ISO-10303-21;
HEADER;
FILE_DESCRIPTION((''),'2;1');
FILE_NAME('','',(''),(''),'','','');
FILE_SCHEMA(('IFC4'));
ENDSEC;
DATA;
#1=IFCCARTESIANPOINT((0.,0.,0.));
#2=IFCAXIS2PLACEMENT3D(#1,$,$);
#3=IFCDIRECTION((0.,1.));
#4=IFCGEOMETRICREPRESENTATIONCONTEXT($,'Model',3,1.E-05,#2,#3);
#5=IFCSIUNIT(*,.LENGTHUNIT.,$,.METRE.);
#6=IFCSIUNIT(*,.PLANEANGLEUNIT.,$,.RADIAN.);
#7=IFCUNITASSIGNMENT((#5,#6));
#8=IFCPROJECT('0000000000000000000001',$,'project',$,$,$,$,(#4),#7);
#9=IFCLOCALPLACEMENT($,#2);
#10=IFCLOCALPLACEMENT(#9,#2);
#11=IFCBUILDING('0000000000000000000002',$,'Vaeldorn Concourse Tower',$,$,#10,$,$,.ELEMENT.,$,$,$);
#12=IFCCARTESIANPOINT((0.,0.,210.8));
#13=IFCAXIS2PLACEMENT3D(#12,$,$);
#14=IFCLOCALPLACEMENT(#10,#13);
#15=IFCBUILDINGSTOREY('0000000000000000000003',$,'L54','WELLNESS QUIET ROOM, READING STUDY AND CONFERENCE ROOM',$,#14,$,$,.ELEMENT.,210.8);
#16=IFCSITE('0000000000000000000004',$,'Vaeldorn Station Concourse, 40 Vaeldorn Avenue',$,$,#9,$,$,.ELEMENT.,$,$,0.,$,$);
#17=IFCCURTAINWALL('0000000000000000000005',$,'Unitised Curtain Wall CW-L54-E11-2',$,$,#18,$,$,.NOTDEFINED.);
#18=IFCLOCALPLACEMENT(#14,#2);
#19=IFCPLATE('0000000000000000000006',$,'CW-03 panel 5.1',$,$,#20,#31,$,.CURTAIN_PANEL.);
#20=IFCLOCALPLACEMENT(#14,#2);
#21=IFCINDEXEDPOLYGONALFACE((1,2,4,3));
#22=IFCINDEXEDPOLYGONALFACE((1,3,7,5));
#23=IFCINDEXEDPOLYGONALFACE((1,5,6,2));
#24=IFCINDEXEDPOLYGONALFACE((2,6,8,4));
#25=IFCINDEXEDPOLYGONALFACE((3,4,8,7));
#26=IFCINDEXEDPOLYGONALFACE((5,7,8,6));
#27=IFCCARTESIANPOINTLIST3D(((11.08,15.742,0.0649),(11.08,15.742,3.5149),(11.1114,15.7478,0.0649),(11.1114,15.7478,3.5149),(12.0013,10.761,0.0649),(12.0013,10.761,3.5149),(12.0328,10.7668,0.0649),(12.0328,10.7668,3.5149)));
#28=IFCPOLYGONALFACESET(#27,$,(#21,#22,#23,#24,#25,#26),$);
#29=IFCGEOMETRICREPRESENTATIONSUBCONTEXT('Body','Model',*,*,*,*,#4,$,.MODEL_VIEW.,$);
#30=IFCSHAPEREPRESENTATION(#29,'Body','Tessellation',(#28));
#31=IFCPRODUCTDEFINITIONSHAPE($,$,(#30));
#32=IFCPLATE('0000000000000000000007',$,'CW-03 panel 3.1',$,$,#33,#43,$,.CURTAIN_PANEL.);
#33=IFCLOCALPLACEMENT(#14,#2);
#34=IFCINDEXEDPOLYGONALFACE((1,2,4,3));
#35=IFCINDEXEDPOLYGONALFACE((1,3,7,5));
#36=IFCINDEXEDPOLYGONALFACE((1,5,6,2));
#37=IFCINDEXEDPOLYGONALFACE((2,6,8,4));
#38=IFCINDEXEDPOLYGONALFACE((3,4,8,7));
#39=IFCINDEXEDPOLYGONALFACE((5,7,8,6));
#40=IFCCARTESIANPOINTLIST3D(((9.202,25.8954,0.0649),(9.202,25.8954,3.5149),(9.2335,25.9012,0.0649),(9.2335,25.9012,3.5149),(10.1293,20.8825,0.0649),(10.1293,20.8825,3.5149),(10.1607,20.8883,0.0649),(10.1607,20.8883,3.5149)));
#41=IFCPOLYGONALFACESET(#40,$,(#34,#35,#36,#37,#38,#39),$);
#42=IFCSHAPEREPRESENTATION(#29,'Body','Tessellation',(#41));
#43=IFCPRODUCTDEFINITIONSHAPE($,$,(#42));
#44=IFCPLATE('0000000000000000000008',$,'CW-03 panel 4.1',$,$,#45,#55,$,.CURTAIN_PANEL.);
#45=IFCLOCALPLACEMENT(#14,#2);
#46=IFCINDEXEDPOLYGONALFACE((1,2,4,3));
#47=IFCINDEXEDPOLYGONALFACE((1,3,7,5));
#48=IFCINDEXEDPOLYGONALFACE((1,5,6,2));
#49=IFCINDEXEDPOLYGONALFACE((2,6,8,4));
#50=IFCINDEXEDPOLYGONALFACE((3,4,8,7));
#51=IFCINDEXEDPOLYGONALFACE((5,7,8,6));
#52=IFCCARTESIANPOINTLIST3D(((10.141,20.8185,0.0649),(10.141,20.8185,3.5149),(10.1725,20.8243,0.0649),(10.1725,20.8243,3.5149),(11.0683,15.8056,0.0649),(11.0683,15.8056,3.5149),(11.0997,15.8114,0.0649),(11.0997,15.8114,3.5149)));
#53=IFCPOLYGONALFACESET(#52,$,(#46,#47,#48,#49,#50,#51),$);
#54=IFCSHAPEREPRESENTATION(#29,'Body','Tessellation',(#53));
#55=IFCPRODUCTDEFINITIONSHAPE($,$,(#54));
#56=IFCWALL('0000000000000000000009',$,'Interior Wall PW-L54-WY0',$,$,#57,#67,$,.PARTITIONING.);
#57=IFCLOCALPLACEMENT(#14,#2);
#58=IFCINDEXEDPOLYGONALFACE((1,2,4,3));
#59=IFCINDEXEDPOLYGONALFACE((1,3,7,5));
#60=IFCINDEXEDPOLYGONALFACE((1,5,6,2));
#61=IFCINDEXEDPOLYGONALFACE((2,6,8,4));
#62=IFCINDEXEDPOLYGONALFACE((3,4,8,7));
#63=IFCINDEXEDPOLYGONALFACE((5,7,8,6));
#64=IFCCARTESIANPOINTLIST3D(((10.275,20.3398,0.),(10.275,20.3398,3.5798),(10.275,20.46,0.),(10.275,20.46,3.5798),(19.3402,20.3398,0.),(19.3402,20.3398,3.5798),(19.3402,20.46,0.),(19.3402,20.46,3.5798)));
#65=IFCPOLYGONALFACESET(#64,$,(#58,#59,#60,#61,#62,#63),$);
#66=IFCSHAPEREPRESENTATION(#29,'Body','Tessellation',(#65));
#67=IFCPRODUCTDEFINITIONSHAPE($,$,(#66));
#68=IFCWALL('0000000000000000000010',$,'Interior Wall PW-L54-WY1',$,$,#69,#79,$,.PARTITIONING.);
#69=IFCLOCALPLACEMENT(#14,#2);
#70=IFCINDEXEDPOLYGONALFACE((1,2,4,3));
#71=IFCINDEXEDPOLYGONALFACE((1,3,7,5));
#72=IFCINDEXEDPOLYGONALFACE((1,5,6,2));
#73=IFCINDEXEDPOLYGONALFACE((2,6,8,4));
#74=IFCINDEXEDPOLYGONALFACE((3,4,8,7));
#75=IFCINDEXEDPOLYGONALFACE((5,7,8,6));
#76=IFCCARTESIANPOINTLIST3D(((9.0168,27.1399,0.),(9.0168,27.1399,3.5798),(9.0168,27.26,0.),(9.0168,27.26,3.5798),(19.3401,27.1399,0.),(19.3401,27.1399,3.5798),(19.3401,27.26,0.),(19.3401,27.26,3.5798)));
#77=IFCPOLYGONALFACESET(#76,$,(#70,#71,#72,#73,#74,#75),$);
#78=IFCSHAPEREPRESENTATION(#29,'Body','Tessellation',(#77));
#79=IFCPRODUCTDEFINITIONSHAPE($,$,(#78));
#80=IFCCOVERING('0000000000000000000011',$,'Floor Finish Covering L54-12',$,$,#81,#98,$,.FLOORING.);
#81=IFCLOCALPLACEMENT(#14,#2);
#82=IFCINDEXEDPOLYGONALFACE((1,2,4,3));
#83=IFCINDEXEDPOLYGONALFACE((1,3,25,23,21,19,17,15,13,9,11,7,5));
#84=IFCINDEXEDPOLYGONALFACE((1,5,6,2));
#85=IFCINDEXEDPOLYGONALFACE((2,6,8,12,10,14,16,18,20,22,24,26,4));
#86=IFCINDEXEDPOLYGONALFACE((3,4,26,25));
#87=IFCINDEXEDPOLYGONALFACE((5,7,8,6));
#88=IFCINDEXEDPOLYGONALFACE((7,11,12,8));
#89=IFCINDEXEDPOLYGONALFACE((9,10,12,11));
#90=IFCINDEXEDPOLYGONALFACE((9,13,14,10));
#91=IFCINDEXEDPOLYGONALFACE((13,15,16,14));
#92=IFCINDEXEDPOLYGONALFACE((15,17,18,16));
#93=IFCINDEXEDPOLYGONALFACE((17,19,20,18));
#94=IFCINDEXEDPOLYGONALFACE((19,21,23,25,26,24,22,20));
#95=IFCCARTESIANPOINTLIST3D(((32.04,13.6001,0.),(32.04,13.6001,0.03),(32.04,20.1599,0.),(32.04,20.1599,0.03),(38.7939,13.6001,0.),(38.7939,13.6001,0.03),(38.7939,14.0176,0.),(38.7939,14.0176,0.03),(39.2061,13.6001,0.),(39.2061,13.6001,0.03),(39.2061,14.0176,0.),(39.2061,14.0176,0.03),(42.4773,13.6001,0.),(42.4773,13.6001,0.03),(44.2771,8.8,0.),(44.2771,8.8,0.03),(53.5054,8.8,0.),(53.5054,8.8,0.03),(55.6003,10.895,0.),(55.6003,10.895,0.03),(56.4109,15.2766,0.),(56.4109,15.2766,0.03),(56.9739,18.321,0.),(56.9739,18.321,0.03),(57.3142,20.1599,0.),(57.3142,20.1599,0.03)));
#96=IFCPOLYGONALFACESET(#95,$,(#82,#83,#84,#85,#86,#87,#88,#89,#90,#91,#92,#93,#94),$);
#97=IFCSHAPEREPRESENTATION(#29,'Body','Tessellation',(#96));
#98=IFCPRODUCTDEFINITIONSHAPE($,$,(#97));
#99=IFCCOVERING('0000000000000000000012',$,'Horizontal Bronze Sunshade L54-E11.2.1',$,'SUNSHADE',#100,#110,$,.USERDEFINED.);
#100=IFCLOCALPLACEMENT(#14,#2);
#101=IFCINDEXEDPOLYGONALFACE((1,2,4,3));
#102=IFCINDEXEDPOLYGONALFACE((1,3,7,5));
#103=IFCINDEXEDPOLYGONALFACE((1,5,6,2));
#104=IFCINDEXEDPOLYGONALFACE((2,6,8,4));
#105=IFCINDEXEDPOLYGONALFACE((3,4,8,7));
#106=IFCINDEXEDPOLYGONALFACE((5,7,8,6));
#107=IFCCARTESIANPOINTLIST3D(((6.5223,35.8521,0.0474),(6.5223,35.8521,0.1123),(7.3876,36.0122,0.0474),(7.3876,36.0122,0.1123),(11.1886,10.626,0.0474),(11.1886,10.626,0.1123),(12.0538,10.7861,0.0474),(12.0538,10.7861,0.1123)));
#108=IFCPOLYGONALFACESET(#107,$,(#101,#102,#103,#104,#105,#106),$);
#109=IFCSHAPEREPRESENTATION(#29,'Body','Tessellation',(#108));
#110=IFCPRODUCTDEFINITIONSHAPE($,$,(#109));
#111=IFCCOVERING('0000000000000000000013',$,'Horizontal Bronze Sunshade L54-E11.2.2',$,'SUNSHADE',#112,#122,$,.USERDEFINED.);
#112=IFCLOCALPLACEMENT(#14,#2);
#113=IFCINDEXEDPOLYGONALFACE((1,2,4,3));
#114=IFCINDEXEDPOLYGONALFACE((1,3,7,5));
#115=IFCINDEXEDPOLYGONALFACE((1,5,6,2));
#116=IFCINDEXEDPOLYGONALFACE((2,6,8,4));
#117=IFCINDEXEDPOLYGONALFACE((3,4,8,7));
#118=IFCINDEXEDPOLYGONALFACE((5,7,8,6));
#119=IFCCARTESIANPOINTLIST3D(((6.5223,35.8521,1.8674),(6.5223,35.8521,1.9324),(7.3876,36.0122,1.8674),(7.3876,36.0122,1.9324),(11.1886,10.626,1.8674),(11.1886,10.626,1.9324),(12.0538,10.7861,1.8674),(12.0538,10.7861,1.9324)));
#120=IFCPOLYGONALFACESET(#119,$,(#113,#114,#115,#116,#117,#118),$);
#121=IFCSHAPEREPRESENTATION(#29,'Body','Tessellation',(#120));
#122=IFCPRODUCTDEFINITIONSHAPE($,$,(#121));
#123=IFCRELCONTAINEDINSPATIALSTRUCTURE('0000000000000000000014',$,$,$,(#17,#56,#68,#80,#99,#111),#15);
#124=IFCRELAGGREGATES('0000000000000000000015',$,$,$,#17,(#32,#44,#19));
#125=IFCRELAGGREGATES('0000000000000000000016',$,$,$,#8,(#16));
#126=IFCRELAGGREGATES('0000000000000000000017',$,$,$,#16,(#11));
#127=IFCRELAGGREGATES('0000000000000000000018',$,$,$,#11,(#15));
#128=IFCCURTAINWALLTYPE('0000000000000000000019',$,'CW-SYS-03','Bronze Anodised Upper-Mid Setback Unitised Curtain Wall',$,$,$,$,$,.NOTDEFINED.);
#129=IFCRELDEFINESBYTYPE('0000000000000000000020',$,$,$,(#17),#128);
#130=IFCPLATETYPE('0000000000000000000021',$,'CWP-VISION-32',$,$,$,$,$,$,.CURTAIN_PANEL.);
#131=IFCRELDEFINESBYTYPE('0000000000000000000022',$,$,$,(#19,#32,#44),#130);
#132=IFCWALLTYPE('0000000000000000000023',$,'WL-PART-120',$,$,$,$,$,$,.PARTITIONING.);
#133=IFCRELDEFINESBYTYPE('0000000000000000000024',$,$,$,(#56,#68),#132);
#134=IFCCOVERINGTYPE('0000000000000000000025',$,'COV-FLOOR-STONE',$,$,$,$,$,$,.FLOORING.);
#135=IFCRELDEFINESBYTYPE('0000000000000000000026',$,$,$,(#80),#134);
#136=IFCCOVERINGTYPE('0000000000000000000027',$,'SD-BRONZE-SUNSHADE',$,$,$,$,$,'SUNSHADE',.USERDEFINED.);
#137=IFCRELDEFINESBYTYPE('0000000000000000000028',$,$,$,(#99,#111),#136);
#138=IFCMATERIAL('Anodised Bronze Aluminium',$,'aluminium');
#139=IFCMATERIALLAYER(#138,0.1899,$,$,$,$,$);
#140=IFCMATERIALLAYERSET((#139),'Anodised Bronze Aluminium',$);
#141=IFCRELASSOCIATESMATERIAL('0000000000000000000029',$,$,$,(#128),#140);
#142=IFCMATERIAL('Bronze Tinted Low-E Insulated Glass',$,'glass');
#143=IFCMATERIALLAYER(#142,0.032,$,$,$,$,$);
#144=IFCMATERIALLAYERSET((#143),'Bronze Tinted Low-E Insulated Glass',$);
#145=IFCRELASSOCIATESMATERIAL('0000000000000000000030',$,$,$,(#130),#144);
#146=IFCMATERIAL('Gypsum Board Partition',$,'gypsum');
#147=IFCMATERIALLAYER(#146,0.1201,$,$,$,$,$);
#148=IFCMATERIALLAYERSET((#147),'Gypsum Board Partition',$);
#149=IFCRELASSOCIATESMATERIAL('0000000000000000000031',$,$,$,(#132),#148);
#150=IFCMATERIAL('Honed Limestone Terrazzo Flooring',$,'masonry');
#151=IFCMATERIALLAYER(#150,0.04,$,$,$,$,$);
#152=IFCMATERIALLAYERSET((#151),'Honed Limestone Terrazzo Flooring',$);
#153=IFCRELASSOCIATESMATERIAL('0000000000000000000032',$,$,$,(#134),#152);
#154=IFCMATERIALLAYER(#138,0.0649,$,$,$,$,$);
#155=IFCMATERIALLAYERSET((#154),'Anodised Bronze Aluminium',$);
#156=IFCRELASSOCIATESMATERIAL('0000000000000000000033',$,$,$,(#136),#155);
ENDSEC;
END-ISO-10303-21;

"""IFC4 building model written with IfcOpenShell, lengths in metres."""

from ifc_helpers import new_model, si_unit, direction, frame, frame_2d, origin, origin_2d, place, context, subcontext, project, spatial, polyline, rectangle, outline, extrude, source, transform, mapped, material, layer, layer_set, type_object, element, aggregate, save


model = new_model("IFC4")

# Units and contexts
model_context = context("Model", 3, precision=1e-05, world=origin(), true_north=direction((0.0, 1.0)))
body_context = subcontext(model_context, "Body", "Model", "MODEL_VIEW")
ifc_project = project(units=[si_unit("LENGTHUNIT", "METRE"), si_unit("PLANEANGLEUNIT", "RADIAN")], contexts=[model_context])

# Site, building, storey
site_placement = place(None, origin())
site = spatial("IfcSite", under=ifc_project, at=site_placement, Name="Vaeldorn Station Concourse, 40 Vaeldorn Avenue", CompositionType="ELEMENT", RefElevation=0.0)
building_placement = place(site_placement, origin())
building = spatial("IfcBuilding", under=site, at=building_placement, Name="Vaeldorn Concourse Tower", CompositionType="ELEMENT")
storey_placement = place(building_placement, frame((0.0, 0.0, 210.8)))
storey = spatial("IfcBuildingStorey", under=building, at=storey_placement, Name="L54", Description="WELLNESS QUIET ROOM, READING STUDY AND CONFERENCE ROOM", CompositionType="ELEMENT", Elevation=210.8)

# Curtain wall, plates
ifc_material_1 = material(Name="Anodised Bronze Aluminium", Category="aluminium")
ifc_layer_1 = layer(ifc_material_1, 0.1899)
ifc_layer_set_1 = layer_set([ifc_layer_1], Name="Anodised Bronze Aluminium")
curtain_wall_type = type_object("IfcCurtainWallType", Name="CW-SYS-03", Description="Bronze Anodised Upper-Mid Setback Unitised Curtain Wall", PredefinedType="NOTDEFINED", material=ifc_layer_set_1)
curtain_wall_placement = place(storey_placement, origin())
curtain_wall = element("IfcCurtainWall", 1, at=curtain_wall_placement, inside=storey, type_object=curtain_wall_type, Name="Unitised Curtain Wall CW-L54-E11-2", PredefinedType="NOTDEFINED")
ifc_material_2 = material(Name="Bronze Tinted Low-E Insulated Glass", Category="glass")
ifc_layer_2 = layer(ifc_material_2, 0.032)
ifc_layer_set_2 = layer_set([ifc_layer_2], Name="Bronze Tinted Low-E Insulated Glass")
plate_type = type_object("IfcPlateType", Name="CWP-VISION-32", PredefinedType="CURTAIN_PANEL", material=ifc_layer_set_2)
shared_shape_1 = source(origin(), body_context, "Body", "SweptSolid", [
    extrude(rectangle(XDim=5.0654, YDim=0.032, at=origin_2d()), origin(), (0.0, 0.0, 1.0), 3.45),
])
plate_1_placement = place(storey_placement, frame((11.5564, 13.2544, 0.0649), z_axis=(0.0, 0.0, 1.0), x_axis=(0.181889, -0.983319, 0.0)))
plate_1 = element("IfcPlate", 2, at=plate_1_placement, type_object=plate_type, Name="CW-03 panel 5.1", PredefinedType="CURTAIN_PANEL", context=body_context, shape_type="MappedRepresentation", body=[
    mapped(shared_shape_1, transform((0.0, 0.0, 0.0), scale=1.0)),
])
shared_shape_2 = source(origin(), body_context, "Body", "SweptSolid", [
    extrude(rectangle(XDim=5.0979, YDim=0.032, at=origin_2d()), origin(), (0.0, 0.0, 1.0), 3.45),
])
plate_2_placement = place(storey_placement, frame((9.6814, 23.3918, 0.0649), z_axis=(0.0, 0.0, 1.0), x_axis=(0.181889, -0.983319, 0.0)))
plate_2 = element("IfcPlate", 3, at=plate_2_placement, type_object=plate_type, Name="CW-03 panel 3.1", PredefinedType="CURTAIN_PANEL", context=body_context, shape_type="MappedRepresentation", body=[
    mapped(shared_shape_2, transform((0.0, 0.0, 0.0), scale=1.0)),
])
plate_3_placement = place(storey_placement, frame((10.6204, 18.3149, 0.0649), z_axis=(0.0, 0.0, 1.0), x_axis=(0.181889, -0.983319, 0.0)))
plate_3 = element("IfcPlate", 4, at=plate_3_placement, type_object=plate_type, Name="CW-03 panel 4.1", PredefinedType="CURTAIN_PANEL", context=body_context, shape_type="MappedRepresentation", body=[
    mapped(shared_shape_2, transform((0.0, 0.0, 0.0), scale=1.0)),
])
aggregate(curtain_wall, [plate_2, plate_3, plate_1])

# Walls
ifc_material_3 = material(Name="Gypsum Board Partition", Category="gypsum")
ifc_layer_3 = layer(ifc_material_3, 0.1201)
ifc_layer_set_3 = layer_set([ifc_layer_3], Name="Gypsum Board Partition")
wall_type = type_object("IfcWallType", Name="WL-PART-120", PredefinedType="PARTITIONING", material=ifc_layer_set_3)
wall_1_placement = place(storey_placement, frame((10.2749, 20.3999, 0.0), z_axis=(0.0, 0.0, 1.0), x_axis=(1.0, 0.0, 0.0)))
element("IfcWall", 5, at=wall_1_placement, inside=storey, type_object=wall_type, Name="Interior Wall PW-L54-WY0", PredefinedType="PARTITIONING", context=body_context, shape_type="SweptSolid", body=[
    extrude(rectangle(XDim=9.0652, YDim=0.1201, at=frame_2d((4.5327, 0.0))), origin(), (0.0, 0.0, 1.0), 3.5798),
])
wall_2_placement = place(storey_placement, frame((9.0168, 27.2, 0.0), z_axis=(0.0, 0.0, 1.0), x_axis=(1.0, 0.0, 0.0)))
element("IfcWall", 6, at=wall_2_placement, inside=storey, type_object=wall_type, Name="Interior Wall PW-L54-WY1", PredefinedType="PARTITIONING", context=body_context, shape_type="SweptSolid", body=[
    extrude(rectangle(XDim=10.3232, YDim=0.1201, at=frame_2d((5.1616, 0.0))), origin(), (0.0, 0.0, 1.0), 3.5798),
])

# Coverings
ifc_material_4 = material(Name="Honed Limestone Terrazzo Flooring", Category="masonry")
ifc_layer_4 = layer(ifc_material_4, 0.04)
ifc_layer_set_4 = layer_set([ifc_layer_4], Name="Honed Limestone Terrazzo Flooring")
covering_type_1 = type_object("IfcCoveringType", Name="COV-FLOOR-STONE", PredefinedType="FLOORING", material=ifc_layer_set_4)
covering_placement = place(storey_placement, origin())
element("IfcCovering", 7, at=covering_placement, inside=storey, type_object=covering_type_1, Name="Floor Finish Covering L54-12", PredefinedType="FLOORING", context=body_context, shape_type="SweptSolid", body=[
    extrude(outline(polyline([(32.04, 20.1599), (57.3142, 20.1599), (56.9739, 18.321), (56.4109, 15.2766), (55.6003, 10.895), (53.5054, 8.8), (44.2771, 8.8), (42.4773, 13.6001), (39.2061, 13.6001), (39.2061, 14.0176), (38.7939, 14.0176), (38.7939, 13.6001), (32.04, 13.6001), (32.04, 20.1599)])), origin(), (0.0, 0.0, 1.0), 0.03),
])
ifc_layer_5 = layer(ifc_material_1, 0.0649)
ifc_layer_set_5 = layer_set([ifc_layer_5], Name="Anodised Bronze Aluminium")
covering_type_2 = type_object("IfcCoveringType", Name="SD-BRONZE-SUNSHADE", ElementType="SUNSHADE", PredefinedType="USERDEFINED", material=ifc_layer_set_5)
shared_shape_3 = source(origin(), body_context, "Body", "SweptSolid", [
    extrude(rectangle(XDim=25.6541, YDim=0.8799, at=origin_2d()), origin(), (0.0, 0.0, 1.0), 0.0649),
])
for number, where, z_axis, x_axis, name in (
    (8, (9.2881, 23.3191, 0.0474), (0.0, 0.0, 1.0), (0.181892, -0.983318, 0.0), "Horizontal Bronze Sunshade L54-E11.2.1"),
    (9, (9.2881, 23.3191, 1.8674), (0.0, 0.0, 1.0), (0.181892, -0.983318, 0.0), "Horizontal Bronze Sunshade L54-E11.2.2"),
):
    element("IfcCovering", number, at=place(storey_placement, frame(where, z_axis=z_axis, x_axis=x_axis)), inside=storey, type_object=covering_type_2, Name=name, ObjectType="SUNSHADE", PredefinedType="USERDEFINED", context=body_context, shape_type="MappedRepresentation", body=[
        mapped(shared_shape_3, transform((0.0, 0.0, 0.0), scale=1.0)),
    ])

save(model, "model.ifc")
